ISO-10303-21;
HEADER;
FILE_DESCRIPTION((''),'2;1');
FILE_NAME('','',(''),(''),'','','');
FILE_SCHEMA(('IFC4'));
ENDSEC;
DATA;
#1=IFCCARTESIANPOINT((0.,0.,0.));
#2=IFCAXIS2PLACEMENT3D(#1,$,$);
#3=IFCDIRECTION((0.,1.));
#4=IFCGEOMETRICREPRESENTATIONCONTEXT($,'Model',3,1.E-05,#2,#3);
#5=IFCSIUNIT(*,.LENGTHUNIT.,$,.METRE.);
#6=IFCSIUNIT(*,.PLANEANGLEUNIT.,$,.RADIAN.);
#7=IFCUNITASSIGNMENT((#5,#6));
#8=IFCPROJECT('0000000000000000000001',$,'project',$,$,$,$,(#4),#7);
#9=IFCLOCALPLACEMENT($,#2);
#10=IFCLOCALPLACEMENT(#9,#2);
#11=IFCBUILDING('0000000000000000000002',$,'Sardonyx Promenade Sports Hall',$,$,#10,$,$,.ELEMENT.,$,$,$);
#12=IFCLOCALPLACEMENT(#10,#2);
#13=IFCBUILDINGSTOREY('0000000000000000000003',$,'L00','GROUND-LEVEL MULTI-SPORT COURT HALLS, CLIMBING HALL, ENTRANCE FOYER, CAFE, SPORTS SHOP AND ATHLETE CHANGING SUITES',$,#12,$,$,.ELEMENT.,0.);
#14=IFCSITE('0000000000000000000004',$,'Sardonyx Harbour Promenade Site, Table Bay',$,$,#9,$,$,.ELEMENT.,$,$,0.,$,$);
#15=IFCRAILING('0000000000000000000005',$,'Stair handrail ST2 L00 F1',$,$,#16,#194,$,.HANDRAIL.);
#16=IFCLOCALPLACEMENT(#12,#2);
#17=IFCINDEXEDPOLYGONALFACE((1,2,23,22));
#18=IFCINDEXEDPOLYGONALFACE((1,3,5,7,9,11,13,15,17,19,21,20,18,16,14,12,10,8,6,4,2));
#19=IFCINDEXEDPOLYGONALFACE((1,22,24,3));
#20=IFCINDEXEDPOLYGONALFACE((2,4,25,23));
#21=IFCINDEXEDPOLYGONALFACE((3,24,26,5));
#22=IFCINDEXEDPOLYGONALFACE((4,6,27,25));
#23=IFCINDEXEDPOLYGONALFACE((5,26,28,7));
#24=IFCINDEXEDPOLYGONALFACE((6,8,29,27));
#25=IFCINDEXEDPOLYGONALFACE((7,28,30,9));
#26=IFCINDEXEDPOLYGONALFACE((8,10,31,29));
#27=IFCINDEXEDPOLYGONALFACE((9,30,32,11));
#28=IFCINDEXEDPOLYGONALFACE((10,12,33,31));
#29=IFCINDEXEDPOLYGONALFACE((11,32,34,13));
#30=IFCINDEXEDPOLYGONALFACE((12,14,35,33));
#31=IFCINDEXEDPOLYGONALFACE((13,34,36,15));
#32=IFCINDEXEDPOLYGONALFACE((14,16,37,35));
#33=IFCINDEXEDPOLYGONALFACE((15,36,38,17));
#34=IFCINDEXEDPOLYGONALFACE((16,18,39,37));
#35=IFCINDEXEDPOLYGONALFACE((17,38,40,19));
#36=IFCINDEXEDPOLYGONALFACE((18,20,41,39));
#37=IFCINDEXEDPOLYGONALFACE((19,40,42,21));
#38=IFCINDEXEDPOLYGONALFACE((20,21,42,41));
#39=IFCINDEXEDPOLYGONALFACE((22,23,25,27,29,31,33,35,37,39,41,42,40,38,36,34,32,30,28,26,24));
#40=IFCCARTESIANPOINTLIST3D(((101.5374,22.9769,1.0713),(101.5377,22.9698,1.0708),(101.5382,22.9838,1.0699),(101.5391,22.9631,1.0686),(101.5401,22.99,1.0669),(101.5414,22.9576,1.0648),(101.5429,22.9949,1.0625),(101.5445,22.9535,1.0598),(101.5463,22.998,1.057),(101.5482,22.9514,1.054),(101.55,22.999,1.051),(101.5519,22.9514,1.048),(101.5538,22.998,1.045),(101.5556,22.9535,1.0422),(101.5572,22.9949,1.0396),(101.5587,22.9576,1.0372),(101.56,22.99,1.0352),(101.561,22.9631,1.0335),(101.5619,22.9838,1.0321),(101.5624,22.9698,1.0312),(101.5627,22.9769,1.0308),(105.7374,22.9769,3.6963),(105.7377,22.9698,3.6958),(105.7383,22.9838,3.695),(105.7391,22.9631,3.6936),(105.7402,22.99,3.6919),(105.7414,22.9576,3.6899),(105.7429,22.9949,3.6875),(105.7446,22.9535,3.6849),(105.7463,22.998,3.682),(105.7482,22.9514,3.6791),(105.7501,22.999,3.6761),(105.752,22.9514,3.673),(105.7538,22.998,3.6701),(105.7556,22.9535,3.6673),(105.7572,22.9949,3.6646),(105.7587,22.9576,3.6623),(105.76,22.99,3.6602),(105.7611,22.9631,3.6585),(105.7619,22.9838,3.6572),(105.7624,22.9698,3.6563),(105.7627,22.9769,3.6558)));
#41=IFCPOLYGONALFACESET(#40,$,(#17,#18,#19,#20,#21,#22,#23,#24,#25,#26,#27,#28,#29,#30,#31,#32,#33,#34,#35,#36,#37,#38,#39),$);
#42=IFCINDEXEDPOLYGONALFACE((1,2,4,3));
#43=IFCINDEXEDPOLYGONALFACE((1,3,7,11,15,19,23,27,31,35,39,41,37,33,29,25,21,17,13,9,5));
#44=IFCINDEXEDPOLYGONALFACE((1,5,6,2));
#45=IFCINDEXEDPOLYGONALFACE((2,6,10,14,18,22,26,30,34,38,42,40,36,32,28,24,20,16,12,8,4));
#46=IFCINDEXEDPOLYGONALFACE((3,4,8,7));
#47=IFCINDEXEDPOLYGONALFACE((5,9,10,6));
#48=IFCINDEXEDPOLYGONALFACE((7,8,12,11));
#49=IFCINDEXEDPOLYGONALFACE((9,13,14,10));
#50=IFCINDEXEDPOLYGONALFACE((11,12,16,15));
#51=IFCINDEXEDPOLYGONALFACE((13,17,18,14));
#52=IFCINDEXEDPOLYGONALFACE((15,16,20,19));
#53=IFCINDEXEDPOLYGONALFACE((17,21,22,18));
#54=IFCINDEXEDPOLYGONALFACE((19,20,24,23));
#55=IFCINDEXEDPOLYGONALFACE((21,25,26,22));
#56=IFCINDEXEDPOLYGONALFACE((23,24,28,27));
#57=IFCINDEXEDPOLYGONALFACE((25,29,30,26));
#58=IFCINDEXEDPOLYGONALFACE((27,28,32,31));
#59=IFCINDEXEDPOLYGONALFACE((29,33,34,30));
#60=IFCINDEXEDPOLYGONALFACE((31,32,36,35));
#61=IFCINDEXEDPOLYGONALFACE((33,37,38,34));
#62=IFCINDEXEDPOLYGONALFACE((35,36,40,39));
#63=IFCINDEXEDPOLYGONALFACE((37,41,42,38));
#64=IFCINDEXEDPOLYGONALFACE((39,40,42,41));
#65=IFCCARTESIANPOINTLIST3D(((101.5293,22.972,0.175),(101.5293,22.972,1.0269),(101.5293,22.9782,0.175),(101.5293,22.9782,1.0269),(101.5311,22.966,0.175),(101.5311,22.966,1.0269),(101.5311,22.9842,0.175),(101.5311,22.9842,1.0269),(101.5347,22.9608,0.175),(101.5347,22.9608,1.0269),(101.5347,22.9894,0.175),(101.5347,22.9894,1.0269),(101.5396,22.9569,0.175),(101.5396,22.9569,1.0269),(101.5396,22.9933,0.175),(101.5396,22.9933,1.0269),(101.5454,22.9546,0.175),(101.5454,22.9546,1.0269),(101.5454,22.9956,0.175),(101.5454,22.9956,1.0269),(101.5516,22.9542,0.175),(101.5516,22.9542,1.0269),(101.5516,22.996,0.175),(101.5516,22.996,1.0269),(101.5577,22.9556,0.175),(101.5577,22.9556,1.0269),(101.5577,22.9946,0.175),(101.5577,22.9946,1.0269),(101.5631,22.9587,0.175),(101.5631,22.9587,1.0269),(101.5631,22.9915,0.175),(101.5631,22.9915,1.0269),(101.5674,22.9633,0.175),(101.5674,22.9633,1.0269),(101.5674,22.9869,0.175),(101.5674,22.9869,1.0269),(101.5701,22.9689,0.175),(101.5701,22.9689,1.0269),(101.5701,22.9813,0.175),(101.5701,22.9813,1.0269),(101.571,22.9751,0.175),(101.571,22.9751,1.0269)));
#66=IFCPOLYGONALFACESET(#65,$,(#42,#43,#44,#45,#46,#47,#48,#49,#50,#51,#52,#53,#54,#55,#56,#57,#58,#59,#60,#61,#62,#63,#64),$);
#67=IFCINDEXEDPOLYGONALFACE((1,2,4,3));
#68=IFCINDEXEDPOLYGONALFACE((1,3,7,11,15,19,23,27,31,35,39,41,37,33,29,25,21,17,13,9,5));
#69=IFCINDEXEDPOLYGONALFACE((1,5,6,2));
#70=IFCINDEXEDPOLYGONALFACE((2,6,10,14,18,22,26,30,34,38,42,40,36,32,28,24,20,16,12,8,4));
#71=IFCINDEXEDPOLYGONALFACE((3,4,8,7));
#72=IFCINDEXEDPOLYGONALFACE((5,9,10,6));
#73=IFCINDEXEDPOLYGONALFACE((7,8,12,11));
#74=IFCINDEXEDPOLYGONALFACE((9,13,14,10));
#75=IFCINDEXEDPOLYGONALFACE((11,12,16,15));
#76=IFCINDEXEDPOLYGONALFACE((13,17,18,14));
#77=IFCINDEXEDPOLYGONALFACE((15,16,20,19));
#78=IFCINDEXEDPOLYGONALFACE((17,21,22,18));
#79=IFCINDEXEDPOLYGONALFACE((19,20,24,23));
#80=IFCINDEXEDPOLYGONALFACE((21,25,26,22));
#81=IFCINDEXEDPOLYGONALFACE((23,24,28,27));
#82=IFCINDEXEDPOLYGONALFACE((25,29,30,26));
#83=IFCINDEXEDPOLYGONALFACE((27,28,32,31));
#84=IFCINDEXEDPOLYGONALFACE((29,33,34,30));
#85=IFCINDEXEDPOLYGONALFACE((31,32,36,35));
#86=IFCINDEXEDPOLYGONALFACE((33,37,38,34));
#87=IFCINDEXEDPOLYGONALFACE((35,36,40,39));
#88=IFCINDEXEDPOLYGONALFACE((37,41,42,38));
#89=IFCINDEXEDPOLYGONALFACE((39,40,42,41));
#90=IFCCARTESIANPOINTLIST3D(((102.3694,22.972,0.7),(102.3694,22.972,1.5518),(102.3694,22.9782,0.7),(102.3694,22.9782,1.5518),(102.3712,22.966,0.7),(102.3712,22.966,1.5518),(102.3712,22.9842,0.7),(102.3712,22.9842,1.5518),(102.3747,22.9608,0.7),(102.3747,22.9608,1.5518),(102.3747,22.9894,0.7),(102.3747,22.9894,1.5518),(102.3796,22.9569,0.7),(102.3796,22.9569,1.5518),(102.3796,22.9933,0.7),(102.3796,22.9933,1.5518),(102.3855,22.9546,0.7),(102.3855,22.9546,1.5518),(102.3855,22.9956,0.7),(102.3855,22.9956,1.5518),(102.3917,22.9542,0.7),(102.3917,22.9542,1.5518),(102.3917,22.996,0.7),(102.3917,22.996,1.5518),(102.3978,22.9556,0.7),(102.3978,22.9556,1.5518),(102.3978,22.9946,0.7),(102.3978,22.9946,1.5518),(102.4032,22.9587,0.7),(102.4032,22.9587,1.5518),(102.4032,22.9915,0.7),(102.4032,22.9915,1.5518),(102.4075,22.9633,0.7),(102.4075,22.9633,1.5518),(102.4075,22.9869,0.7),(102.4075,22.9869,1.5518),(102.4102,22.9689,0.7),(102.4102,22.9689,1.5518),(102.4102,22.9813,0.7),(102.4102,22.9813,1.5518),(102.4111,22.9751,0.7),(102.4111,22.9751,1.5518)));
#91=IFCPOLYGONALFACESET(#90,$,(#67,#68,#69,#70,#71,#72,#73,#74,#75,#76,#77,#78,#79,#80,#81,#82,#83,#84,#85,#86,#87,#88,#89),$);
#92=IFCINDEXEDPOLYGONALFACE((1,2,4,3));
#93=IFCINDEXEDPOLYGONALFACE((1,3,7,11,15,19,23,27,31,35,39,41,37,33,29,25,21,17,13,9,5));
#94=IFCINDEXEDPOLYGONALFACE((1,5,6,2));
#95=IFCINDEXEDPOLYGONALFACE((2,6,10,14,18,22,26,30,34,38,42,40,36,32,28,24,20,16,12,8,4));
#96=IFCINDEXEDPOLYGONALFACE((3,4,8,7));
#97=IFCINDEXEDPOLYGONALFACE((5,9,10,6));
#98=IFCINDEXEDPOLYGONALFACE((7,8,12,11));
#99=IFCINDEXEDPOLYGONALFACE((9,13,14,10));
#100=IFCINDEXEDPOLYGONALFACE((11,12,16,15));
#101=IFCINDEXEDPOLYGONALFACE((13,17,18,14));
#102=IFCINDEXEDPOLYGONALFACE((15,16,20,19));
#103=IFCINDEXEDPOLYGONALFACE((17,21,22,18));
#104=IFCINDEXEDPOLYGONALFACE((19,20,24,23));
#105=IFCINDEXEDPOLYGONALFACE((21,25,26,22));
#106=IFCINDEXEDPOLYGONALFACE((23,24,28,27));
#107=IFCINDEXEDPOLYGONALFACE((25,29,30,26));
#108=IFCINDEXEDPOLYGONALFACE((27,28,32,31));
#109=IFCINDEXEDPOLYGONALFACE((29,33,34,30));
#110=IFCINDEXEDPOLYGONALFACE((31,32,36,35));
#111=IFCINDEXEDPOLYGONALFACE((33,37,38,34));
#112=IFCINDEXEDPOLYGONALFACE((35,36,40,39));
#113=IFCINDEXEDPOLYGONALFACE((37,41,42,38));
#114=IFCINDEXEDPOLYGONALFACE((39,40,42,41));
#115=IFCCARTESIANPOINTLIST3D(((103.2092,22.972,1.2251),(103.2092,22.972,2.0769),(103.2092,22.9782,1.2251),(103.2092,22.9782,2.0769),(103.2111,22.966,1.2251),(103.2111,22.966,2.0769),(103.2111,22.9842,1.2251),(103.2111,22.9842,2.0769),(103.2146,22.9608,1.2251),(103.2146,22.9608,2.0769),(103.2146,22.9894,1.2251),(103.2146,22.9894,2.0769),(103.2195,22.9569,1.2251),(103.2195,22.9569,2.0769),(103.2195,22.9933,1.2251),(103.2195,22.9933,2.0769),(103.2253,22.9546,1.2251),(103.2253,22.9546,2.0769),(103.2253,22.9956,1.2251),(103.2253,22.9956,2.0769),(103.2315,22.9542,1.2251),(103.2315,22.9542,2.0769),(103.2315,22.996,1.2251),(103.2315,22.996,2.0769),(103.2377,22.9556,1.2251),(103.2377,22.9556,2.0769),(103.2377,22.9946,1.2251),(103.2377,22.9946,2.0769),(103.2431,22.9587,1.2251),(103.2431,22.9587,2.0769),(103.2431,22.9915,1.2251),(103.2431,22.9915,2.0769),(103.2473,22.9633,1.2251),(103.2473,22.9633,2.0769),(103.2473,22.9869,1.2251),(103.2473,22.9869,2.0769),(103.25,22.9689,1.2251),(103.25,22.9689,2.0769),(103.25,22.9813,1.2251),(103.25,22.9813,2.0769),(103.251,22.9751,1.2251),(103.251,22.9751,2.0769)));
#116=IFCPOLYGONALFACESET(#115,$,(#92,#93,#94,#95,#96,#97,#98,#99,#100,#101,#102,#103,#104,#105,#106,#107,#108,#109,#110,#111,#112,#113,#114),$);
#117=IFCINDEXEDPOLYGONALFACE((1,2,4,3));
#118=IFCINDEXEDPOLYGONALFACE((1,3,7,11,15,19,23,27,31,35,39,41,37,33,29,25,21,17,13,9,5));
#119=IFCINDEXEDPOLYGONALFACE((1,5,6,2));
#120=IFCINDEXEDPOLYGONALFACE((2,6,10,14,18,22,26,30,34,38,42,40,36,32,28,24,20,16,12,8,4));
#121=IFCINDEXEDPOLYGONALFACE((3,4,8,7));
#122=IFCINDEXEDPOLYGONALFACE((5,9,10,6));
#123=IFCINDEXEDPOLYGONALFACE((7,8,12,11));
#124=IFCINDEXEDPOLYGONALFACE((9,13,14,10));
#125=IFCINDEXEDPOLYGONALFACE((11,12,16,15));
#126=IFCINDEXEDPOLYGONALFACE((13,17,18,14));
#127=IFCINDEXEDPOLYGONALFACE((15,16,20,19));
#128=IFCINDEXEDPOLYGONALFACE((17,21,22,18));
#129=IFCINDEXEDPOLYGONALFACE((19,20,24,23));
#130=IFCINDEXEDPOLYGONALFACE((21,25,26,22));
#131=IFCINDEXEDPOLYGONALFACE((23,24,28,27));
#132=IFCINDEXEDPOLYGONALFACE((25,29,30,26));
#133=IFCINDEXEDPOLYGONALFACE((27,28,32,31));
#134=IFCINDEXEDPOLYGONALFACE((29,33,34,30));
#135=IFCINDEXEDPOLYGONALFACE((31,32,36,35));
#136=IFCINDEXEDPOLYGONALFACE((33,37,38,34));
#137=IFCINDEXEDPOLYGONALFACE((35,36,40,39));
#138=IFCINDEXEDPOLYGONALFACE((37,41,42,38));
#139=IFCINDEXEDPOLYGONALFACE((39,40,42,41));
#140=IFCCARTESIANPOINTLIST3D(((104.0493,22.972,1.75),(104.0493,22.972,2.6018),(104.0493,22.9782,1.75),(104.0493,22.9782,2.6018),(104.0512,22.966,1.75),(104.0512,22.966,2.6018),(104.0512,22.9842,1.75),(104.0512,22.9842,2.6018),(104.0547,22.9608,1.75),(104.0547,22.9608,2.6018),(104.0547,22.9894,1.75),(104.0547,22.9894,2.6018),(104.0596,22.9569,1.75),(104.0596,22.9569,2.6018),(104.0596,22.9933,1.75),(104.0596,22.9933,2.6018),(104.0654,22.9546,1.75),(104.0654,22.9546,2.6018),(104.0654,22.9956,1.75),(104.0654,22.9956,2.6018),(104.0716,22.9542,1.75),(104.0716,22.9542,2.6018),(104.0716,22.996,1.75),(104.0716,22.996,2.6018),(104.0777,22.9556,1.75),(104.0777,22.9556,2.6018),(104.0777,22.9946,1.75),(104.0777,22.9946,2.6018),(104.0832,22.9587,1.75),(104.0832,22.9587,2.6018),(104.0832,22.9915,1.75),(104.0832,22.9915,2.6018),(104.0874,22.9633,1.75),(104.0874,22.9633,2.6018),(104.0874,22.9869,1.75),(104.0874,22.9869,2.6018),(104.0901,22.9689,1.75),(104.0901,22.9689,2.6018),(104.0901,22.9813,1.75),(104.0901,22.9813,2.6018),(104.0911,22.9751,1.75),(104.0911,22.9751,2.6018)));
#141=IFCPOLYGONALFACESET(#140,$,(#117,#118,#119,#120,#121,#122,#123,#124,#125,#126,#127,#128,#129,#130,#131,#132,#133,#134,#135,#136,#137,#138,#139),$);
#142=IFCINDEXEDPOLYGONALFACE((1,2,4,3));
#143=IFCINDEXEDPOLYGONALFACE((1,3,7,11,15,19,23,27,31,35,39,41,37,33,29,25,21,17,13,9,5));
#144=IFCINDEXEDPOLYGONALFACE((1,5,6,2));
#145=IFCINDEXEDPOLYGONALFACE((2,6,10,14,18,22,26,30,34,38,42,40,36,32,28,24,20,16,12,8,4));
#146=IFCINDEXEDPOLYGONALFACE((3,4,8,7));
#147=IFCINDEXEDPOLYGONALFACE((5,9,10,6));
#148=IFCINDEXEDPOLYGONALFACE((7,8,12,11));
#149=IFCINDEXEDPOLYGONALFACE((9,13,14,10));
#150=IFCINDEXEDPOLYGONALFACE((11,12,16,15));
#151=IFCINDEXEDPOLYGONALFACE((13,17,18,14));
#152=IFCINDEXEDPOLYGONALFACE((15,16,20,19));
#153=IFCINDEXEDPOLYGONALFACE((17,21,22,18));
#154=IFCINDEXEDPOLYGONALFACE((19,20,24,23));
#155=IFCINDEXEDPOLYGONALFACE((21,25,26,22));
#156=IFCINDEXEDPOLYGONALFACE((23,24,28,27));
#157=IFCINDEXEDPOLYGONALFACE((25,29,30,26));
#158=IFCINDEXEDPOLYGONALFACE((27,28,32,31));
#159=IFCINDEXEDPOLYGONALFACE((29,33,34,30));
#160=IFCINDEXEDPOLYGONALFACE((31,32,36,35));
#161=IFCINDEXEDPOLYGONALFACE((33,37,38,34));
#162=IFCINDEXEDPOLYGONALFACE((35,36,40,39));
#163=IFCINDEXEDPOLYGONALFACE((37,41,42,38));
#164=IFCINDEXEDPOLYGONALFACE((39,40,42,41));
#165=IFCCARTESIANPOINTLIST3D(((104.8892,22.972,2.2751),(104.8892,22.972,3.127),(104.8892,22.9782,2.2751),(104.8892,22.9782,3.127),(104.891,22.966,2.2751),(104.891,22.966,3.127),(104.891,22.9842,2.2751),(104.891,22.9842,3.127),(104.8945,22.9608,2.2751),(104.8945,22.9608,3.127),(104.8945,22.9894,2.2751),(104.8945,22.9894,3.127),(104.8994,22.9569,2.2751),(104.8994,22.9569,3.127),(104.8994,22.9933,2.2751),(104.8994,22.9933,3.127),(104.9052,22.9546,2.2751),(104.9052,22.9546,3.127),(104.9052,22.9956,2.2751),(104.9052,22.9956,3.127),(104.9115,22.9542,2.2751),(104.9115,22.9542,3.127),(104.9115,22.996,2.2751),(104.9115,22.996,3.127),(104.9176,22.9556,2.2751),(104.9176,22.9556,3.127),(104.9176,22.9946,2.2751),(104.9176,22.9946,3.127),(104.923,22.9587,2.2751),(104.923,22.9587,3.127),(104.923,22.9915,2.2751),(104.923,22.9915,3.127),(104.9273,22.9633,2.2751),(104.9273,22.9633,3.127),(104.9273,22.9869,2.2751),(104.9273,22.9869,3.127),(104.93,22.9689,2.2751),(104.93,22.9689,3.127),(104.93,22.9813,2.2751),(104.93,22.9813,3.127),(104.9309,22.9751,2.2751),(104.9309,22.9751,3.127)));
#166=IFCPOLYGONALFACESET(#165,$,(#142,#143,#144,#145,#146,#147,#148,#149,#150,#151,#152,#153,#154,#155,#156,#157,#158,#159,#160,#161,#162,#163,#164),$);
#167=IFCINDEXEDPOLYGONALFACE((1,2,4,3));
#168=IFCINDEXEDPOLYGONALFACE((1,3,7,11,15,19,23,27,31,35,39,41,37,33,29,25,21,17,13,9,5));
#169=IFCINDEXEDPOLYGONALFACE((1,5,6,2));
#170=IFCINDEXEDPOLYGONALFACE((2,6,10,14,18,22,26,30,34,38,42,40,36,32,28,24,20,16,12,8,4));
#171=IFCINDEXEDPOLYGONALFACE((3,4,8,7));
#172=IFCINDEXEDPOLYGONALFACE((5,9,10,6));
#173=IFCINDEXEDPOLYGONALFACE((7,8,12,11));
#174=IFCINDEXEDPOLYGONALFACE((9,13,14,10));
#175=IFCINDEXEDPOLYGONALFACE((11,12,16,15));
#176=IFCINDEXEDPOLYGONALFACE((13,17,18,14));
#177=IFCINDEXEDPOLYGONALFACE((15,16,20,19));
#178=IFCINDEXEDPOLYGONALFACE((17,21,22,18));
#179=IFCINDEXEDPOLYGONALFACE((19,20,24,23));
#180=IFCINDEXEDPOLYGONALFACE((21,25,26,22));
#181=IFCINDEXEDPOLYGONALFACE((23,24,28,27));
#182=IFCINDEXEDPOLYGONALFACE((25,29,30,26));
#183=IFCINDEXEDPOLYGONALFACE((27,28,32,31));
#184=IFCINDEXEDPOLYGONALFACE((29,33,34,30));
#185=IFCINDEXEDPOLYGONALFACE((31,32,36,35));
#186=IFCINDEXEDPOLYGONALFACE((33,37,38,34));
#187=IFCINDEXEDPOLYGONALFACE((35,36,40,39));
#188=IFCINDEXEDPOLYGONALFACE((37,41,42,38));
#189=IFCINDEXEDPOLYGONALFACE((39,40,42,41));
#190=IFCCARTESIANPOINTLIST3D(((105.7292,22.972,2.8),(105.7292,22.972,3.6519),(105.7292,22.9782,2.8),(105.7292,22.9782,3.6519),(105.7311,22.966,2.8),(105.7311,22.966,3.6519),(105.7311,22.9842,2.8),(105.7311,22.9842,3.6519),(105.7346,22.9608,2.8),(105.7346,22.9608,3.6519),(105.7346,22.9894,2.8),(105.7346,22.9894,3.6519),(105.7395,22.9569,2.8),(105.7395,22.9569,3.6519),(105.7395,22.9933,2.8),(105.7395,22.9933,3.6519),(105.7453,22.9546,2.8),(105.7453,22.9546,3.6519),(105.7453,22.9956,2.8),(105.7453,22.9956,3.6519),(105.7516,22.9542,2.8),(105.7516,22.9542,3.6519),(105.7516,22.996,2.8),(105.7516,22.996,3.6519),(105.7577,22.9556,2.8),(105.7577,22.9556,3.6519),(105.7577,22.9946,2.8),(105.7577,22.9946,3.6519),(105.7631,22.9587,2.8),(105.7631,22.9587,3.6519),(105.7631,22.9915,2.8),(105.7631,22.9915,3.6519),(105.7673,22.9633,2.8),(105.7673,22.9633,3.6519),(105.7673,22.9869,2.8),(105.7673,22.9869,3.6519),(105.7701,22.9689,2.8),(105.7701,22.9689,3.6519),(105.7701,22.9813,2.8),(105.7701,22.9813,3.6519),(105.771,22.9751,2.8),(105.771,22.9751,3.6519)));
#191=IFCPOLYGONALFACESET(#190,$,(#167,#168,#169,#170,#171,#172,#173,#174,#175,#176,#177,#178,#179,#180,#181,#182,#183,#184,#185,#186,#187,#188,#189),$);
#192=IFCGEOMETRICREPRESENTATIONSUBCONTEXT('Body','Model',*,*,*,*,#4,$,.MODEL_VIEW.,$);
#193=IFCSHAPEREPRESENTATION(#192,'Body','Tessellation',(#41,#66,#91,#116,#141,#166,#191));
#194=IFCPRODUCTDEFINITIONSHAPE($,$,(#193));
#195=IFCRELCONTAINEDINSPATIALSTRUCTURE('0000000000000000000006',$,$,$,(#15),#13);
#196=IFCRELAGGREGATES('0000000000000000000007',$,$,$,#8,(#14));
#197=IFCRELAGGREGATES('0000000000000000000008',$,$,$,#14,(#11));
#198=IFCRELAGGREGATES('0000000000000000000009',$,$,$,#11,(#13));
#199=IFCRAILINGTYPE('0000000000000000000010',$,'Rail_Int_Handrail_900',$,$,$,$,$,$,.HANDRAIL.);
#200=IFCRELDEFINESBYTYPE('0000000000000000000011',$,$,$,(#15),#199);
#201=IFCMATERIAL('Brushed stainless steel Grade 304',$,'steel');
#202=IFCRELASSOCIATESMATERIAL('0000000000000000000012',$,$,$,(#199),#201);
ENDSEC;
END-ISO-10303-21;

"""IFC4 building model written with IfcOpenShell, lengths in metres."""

from ifc_helpers import new_model, si_unit, direction, frame, origin, origin_2d, place, context, subcontext, project, spatial, circle, extrude, material, type_object, element, save


model = new_model("IFC4")

# Units and contexts
model_context = context("Model", 3, precision=1e-05, world=origin(), true_north=direction((0.0, 1.0)))
body_context = subcontext(model_context, "Body", "Model", "MODEL_VIEW")
ifc_project = project(units=[si_unit("LENGTHUNIT", "METRE"), si_unit("PLANEANGLEUNIT", "RADIAN")], contexts=[model_context])

# Site, building, storey
site_placement = place(None, origin())
site = spatial("IfcSite", under=ifc_project, at=site_placement, Name="Sardonyx Harbour Promenade Site, Table Bay", CompositionType="ELEMENT", RefElevation=0.0)
building_placement = place(site_placement, origin())
building = spatial("IfcBuilding", under=site, at=building_placement, Name="Sardonyx Promenade Sports Hall", CompositionType="ELEMENT")
storey_placement = place(building_placement, origin())
storey = spatial("IfcBuildingStorey", under=building, at=storey_placement, Name="L00", Description="GROUND-LEVEL MULTI-SPORT COURT HALLS, CLIMBING HALL, ENTRANCE FOYER, CAFE, SPORTS SHOP AND ATHLETE CHANGING SUITES", CompositionType="ELEMENT", Elevation=0.0)

# Railing
ifc_material_1 = material(Name="Brushed stainless steel Grade 304", Category="steel")
railing_type_1 = type_object("IfcRailingType", Name="Rail_Int_Handrail_900", PredefinedType="HANDRAIL", material=ifc_material_1)
railing_1_placement = place(storey_placement, frame((101.55, 22.9751, 0.175)))
element("IfcRailing", 1, at=railing_1_placement, inside=storey, type_object=railing_type_1, Name="Stair handrail ST2 L00 F1", PredefinedType="HANDRAIL", context=body_context, shape_type="SweptSolid", body=[
    extrude(circle(Radius=0.0239, at=origin_2d()), frame((0.0, 0.0, 0.876), z_axis=(0.847996, 0.0, 0.530003), x_axis=(0.0, 1.0, 0.0)), (0.0, 0.0, 1.0), 4.9529),
    extrude(circle(Radius=0.021, at=origin_2d()), origin(), (0.0, 0.0, 1.0), 0.8518),
    extrude(circle(Radius=0.021, at=origin_2d()), frame((0.8401, 0.0, 0.5249)), (0.0, 0.0, 1.0), 0.8518),
    extrude(circle(Radius=0.021, at=origin_2d()), frame((1.6799, 0.0, 1.05)), (0.0, 0.0, 1.0), 0.8518),
    extrude(circle(Radius=0.021, at=origin_2d()), frame((2.52, 0.0, 1.575)), (0.0, 0.0, 1.0), 0.8518),
    extrude(circle(Radius=0.021, at=origin_2d()), frame((3.3599, 0.0, 2.1001)), (0.0, 0.0, 1.0), 0.8518),
    extrude(circle(Radius=0.021, at=origin_2d()), frame((4.2, 0.0, 2.625)), (0.0, 0.0, 1.0), 0.8518),
])

save(model, "model.ifc")
